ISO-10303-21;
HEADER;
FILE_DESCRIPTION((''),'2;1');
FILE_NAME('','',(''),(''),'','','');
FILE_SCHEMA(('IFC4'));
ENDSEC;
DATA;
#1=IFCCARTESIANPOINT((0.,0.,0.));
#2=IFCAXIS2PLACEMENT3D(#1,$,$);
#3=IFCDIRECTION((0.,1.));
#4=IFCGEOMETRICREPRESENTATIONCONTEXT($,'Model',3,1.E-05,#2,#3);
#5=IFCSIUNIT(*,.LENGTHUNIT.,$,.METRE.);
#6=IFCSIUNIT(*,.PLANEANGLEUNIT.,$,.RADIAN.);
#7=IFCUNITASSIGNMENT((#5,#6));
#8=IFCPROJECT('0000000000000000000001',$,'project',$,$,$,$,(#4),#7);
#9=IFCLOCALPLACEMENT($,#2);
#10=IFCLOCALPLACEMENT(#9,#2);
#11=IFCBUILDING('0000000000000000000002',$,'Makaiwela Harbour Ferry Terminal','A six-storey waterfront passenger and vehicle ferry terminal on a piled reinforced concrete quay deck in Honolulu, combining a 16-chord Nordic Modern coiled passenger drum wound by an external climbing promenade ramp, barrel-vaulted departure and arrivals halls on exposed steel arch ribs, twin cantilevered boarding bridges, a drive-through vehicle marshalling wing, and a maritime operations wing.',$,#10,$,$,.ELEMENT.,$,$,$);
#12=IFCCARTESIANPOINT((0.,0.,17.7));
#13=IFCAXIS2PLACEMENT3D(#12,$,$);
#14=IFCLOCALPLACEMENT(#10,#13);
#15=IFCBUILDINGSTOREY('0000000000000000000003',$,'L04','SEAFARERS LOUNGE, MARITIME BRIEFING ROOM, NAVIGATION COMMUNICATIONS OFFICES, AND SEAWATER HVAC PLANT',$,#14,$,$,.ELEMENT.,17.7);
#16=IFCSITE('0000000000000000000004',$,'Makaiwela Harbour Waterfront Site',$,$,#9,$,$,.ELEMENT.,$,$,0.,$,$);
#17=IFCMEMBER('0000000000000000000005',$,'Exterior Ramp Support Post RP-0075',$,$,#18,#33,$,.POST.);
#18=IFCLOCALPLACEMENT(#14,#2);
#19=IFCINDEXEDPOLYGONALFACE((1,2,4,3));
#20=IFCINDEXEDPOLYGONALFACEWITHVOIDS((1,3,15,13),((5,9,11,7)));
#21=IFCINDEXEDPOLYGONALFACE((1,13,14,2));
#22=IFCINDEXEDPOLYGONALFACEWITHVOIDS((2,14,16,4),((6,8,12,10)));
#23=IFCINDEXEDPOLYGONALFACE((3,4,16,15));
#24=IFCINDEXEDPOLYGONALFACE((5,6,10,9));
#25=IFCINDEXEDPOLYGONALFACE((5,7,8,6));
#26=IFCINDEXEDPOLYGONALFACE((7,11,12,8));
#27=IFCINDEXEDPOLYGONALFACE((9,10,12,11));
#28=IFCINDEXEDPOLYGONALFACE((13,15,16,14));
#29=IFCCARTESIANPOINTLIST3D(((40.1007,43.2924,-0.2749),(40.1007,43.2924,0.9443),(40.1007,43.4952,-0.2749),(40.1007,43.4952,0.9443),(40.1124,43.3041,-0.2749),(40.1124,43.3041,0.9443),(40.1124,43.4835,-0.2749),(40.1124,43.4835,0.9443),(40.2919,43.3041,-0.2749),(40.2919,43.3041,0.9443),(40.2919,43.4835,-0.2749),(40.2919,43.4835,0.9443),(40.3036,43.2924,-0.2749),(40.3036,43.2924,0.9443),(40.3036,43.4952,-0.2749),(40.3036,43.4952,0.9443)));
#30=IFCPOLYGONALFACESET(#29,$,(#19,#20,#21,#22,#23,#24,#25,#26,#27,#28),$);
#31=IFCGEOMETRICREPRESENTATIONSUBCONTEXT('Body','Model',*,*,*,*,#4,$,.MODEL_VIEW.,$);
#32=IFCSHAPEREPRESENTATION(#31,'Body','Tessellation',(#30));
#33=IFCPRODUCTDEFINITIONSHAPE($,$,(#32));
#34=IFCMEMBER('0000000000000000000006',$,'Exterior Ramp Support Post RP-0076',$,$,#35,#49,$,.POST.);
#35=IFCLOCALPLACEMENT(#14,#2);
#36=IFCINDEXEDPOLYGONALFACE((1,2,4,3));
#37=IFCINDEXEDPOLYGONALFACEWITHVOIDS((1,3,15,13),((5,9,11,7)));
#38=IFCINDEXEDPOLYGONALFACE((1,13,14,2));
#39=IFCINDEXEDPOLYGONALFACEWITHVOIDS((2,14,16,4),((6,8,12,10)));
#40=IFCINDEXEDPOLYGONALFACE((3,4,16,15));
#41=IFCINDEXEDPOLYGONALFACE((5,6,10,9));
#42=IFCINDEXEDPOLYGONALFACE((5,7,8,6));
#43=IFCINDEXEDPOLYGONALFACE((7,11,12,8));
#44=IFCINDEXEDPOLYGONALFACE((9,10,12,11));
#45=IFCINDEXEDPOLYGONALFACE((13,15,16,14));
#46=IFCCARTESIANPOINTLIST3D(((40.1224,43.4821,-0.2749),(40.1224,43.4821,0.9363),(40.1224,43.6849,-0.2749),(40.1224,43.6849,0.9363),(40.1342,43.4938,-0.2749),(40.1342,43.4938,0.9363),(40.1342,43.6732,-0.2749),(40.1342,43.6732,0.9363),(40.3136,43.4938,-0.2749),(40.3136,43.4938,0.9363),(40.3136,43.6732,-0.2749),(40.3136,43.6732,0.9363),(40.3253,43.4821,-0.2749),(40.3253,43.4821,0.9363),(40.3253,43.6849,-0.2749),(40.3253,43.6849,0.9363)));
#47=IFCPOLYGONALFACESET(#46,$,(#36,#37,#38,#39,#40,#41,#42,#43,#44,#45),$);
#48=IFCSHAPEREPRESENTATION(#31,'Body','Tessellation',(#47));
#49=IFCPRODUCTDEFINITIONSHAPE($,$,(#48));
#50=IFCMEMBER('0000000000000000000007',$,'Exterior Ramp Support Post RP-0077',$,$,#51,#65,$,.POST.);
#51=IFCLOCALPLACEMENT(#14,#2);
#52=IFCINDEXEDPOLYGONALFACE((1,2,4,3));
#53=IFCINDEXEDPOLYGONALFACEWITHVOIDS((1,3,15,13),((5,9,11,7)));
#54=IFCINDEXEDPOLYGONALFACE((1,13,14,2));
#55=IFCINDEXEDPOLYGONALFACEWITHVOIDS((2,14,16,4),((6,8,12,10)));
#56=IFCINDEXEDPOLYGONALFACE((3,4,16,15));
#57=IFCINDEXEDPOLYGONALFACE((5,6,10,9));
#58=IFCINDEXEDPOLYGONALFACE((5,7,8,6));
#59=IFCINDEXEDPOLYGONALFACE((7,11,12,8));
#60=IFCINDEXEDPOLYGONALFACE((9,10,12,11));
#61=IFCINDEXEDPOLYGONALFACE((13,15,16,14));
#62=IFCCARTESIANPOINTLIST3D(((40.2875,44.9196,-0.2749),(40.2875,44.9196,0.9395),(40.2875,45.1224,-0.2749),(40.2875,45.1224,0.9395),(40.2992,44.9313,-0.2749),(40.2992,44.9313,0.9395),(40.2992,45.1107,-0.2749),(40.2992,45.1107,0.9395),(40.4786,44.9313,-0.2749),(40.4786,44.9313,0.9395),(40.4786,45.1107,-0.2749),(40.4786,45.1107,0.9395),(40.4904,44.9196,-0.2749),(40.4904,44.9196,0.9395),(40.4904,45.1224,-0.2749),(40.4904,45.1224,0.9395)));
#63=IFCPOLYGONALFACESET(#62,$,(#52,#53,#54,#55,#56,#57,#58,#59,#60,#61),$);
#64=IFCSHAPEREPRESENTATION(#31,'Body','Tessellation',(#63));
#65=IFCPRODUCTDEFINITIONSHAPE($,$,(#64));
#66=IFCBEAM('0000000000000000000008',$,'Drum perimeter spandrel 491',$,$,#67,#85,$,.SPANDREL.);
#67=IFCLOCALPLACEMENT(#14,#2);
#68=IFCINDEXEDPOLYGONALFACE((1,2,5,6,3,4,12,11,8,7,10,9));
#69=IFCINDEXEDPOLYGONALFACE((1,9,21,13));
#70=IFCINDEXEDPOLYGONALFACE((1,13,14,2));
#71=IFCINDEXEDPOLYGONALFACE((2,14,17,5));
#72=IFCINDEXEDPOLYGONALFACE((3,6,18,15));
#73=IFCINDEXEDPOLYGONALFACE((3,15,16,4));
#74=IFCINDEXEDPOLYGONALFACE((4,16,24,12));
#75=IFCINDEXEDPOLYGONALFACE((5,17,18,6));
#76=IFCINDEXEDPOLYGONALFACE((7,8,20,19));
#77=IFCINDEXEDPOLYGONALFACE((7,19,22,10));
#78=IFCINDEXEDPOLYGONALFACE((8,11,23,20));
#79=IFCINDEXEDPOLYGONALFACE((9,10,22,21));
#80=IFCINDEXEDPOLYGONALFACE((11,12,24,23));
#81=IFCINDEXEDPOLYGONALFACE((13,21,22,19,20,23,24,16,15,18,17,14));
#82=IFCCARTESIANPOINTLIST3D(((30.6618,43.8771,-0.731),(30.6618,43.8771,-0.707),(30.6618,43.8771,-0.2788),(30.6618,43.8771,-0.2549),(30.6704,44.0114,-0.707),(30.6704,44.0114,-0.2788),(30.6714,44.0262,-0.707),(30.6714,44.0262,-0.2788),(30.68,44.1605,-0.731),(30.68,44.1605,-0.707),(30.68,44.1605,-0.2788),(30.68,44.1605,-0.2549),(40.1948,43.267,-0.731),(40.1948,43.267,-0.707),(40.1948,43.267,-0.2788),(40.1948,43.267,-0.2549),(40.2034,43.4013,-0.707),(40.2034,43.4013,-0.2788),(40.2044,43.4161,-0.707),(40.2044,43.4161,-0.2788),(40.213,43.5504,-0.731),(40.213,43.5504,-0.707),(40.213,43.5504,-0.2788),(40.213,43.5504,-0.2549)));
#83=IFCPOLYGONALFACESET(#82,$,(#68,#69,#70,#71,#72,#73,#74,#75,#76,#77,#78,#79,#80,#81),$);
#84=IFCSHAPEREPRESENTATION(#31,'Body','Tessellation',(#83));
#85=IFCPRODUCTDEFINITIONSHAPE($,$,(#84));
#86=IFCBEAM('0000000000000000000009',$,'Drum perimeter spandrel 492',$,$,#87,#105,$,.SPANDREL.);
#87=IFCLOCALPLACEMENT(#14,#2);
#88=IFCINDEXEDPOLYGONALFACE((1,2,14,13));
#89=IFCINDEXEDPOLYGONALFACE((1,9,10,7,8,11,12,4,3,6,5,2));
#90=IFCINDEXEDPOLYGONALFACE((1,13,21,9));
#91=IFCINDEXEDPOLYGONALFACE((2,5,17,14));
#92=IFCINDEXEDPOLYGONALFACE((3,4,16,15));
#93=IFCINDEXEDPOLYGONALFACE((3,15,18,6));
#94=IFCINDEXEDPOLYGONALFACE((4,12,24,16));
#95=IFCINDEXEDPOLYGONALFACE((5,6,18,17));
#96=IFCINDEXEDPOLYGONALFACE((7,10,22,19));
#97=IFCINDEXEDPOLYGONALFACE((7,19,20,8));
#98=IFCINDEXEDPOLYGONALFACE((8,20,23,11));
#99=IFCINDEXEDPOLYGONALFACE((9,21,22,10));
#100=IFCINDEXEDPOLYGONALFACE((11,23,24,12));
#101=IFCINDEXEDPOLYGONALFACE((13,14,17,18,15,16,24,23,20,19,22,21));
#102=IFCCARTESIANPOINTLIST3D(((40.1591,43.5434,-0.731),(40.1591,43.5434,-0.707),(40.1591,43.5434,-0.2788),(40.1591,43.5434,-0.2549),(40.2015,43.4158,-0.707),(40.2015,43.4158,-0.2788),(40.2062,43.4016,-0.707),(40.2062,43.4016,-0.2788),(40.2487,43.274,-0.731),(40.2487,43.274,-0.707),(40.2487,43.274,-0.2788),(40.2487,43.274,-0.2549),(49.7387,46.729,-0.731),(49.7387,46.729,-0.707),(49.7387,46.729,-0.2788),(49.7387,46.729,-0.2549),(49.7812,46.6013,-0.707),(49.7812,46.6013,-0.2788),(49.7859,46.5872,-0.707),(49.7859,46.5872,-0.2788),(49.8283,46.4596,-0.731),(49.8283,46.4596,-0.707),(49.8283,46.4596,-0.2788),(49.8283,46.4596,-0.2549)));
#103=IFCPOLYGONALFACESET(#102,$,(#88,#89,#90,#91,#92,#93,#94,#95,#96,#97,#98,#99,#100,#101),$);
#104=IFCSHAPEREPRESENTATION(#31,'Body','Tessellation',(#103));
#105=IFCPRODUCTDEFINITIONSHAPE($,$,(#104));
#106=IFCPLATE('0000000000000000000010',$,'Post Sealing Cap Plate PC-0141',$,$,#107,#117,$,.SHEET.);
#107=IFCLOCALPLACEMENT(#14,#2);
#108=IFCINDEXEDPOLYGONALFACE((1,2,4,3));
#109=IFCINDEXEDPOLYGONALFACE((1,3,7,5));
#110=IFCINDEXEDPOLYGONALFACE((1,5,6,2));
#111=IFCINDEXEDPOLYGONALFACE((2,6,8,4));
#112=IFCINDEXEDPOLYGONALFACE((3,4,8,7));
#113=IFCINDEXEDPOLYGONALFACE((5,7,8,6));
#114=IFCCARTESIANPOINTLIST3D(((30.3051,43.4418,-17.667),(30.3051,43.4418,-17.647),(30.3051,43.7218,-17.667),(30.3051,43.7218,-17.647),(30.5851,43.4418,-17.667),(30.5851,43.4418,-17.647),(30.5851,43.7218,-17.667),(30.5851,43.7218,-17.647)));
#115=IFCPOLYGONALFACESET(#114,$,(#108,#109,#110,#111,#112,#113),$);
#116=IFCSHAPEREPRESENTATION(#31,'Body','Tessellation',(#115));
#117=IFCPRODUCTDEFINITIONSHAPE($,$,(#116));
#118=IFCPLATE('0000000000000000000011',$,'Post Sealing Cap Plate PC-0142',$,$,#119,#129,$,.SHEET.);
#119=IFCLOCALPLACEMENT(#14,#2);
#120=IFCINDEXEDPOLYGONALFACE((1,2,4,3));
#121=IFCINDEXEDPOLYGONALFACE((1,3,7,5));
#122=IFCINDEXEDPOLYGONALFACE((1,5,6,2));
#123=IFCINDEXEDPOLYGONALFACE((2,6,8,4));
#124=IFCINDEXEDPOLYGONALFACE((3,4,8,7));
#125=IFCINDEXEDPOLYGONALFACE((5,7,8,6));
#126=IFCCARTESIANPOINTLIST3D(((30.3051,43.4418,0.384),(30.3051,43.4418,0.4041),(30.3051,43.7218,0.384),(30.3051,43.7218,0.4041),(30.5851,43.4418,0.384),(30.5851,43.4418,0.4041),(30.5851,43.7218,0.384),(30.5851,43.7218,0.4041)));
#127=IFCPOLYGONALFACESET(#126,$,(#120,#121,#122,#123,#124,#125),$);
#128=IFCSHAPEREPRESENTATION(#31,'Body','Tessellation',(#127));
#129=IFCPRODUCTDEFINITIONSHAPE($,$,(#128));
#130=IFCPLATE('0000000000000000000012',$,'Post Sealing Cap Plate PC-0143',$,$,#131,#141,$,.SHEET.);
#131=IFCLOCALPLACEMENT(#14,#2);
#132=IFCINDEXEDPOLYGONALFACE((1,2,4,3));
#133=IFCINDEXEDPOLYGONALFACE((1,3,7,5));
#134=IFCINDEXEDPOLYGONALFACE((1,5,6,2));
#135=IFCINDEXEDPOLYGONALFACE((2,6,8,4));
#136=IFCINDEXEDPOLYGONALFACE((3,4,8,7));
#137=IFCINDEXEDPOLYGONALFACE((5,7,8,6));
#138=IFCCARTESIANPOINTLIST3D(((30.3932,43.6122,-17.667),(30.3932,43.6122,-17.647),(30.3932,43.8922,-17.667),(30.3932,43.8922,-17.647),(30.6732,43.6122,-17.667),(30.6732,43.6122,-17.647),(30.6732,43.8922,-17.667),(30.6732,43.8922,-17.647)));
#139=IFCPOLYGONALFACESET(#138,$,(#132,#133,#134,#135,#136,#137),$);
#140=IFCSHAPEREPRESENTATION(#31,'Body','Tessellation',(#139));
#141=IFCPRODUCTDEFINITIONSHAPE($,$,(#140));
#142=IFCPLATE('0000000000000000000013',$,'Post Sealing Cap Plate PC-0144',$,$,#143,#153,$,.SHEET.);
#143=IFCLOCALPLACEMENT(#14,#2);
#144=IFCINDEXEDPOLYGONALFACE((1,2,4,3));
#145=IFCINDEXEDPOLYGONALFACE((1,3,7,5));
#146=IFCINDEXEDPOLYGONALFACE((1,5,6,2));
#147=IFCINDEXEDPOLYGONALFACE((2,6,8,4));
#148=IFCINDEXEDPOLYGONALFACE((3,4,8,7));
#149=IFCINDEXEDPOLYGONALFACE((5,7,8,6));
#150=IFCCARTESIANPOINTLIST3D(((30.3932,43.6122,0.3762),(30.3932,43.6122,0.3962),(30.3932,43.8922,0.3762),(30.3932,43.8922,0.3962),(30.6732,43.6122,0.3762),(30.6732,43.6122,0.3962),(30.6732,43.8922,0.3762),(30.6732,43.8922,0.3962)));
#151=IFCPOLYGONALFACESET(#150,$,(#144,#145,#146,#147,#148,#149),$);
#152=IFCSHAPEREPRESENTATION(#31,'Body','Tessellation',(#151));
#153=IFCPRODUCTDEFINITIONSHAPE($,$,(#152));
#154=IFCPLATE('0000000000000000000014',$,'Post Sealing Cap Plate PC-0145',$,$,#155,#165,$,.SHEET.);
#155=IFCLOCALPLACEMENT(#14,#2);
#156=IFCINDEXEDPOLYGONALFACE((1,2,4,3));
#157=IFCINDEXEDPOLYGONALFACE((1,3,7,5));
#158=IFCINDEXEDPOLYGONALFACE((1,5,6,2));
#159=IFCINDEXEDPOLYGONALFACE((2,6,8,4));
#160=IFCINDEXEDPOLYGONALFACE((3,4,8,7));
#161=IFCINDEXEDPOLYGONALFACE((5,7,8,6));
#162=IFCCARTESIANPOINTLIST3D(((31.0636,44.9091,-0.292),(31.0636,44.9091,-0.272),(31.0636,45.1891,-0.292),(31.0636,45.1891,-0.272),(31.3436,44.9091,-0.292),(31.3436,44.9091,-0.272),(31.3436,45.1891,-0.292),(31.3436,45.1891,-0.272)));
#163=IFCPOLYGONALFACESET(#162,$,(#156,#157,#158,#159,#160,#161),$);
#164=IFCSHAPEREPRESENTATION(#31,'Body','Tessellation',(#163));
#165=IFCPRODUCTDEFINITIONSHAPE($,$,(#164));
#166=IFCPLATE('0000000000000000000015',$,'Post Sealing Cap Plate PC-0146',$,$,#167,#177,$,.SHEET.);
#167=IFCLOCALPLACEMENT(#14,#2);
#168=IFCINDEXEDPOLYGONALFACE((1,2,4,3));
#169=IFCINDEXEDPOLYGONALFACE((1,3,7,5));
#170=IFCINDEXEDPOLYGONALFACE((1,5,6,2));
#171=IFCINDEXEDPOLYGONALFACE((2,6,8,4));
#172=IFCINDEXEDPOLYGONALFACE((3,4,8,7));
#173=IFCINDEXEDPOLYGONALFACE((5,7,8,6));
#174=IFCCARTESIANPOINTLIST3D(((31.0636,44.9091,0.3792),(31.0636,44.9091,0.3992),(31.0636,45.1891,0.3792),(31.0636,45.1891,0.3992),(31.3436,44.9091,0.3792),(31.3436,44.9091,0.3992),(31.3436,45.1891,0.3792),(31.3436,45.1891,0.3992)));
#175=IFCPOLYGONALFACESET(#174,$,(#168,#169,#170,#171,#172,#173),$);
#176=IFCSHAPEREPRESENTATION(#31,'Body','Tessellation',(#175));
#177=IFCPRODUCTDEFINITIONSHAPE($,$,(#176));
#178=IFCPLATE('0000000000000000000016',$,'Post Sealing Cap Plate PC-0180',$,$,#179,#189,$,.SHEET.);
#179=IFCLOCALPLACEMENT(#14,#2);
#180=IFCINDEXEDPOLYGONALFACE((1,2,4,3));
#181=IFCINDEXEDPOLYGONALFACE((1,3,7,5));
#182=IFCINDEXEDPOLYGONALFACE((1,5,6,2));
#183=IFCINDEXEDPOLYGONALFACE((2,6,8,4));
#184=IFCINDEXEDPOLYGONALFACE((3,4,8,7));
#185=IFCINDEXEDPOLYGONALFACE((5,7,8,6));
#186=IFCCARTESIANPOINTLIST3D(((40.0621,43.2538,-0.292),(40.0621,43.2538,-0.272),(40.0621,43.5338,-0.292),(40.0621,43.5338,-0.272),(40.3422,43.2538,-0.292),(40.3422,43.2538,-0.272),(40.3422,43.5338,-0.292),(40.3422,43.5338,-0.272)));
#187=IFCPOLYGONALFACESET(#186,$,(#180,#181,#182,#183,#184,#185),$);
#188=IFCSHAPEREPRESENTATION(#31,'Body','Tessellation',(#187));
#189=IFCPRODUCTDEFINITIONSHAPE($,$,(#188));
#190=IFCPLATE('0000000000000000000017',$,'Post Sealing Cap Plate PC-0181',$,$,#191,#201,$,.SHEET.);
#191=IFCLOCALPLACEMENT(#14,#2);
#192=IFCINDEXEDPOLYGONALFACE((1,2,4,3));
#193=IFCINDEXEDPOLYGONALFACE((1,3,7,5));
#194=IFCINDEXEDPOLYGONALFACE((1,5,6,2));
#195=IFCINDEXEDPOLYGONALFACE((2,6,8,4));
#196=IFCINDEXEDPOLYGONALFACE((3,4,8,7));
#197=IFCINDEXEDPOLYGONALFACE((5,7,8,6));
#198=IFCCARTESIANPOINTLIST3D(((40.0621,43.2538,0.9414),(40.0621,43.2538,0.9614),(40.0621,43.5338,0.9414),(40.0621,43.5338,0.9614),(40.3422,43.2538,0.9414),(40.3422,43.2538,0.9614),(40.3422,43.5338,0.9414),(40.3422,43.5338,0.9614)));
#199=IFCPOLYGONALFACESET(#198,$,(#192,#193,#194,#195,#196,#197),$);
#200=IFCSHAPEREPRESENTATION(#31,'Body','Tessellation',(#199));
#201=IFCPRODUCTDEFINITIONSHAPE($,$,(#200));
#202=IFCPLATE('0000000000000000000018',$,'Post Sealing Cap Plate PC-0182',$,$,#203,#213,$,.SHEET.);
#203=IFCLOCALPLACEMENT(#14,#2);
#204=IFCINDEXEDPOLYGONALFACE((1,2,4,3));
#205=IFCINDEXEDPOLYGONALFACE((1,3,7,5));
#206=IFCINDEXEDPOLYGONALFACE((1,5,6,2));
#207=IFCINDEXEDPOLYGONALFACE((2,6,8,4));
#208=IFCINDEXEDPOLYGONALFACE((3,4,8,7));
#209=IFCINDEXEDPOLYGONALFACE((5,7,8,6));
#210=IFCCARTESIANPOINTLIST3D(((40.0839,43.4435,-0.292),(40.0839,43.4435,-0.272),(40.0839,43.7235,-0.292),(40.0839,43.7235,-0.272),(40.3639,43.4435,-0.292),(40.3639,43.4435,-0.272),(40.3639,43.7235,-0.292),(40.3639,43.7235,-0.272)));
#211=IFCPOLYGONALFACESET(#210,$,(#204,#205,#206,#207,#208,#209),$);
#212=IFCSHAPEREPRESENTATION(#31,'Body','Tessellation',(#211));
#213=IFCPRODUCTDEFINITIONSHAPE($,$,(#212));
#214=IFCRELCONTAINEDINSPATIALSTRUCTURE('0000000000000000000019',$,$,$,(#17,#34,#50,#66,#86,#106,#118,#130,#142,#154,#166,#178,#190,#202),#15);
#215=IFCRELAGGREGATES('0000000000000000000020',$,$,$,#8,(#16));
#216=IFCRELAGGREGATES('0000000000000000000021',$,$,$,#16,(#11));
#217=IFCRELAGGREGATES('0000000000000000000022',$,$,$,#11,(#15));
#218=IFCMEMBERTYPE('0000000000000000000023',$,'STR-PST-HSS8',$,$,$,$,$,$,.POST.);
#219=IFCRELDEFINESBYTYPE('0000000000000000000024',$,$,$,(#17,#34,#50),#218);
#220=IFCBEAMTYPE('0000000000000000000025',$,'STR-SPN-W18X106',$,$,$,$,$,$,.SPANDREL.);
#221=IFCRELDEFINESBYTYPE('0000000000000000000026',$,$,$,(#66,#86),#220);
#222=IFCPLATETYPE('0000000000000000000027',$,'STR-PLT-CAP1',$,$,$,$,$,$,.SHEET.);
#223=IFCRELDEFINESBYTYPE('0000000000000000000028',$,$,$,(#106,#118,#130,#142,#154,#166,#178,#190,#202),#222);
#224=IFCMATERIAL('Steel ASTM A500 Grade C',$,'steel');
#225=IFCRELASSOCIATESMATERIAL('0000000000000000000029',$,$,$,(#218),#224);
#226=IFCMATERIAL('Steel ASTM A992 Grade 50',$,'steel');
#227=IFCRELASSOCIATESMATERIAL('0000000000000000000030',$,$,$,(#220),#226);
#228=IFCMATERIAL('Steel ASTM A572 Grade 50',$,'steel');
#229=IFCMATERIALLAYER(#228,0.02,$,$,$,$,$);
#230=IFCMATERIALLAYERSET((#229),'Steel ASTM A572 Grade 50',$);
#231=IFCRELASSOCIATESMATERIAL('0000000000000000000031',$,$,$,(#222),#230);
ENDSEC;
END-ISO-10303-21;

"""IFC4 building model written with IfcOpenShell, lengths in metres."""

from ifc_helpers import new_model, si_unit, direction, frame, origin, origin_2d, place, context, subcontext, project, spatial, rectangle, hollow_rectangle, i_section, extrude, material, layer, layer_set, material_profile, profile_set, type_object, element, save


model = new_model("IFC4")

# Units and contexts
model_context = context("Model", 3, precision=1e-05, world=origin(), true_north=direction((0.0, 1.0)))
body_context = subcontext(model_context, "Body", "Model", "MODEL_VIEW")
ifc_project = project(units=[si_unit("LENGTHUNIT", "METRE"), si_unit("PLANEANGLEUNIT", "RADIAN")], contexts=[model_context])

# Site, building, storey
site_placement = place(None, origin())
site = spatial("IfcSite", under=ifc_project, at=site_placement, Name="Makaiwela Harbour Waterfront Site", CompositionType="ELEMENT", RefElevation=0.0)
building_placement = place(site_placement, origin())
building = spatial("IfcBuilding", under=site, at=building_placement, Name="Makaiwela Harbour Ferry Terminal", Description="A six-storey waterfront passenger and vehicle ferry terminal on a piled reinforced concrete quay deck in Honolulu, combining a 16-chord Nordic Modern coiled passenger drum wound by an external climbing promenade ramp, barrel-vaulted departure and arrivals halls on exposed steel arch ribs, twin cantilevered boarding bridges, a drive-through vehicle marshalling wing, and a maritime operations wing.", CompositionType="ELEMENT")
storey_placement = place(building_placement, frame((0.0, 0.0, 17.7)))
storey = spatial("IfcBuildingStorey", under=building, at=storey_placement, Name="L04", Description="SEAFARERS LOUNGE, MARITIME BRIEFING ROOM, NAVIGATION COMMUNICATIONS OFFICES, AND SEAWATER HVAC PLANT", CompositionType="ELEMENT", Elevation=17.7)

# Shared definitions
ifc_material_1 = material(Name="Steel ASTM A992 Grade 50", Category="steel")

# Members
ifc_material_2 = material(Name="Steel ASTM A500 Grade C", Category="steel")
ifc_material_profile_1 = material_profile(ifc_material_2, hollow_rectangle(XDim=0.2029, YDim=0.2029, WallThickness=0.0117, at=origin_2d()), Name="HSS8X8X1/2")
ifc_profile_set_1 = profile_set([ifc_material_profile_1], Name="Steel ASTM A500 Grade C")
member_type = type_object("IfcMemberType", Name="STR-PST-HSS8", PredefinedType="POST", material=ifc_profile_set_1)
member_1_placement = place(storey_placement, frame((40.2021, 43.3938, -0.2749), z_axis=(0.0, 0.0, 1.0), x_axis=(1.0, 0.0, 0.0)))
element("IfcMember", 1, at=member_1_placement, inside=storey, type_object=member_type, Name="Exterior Ramp Support Post RP-0075", PredefinedType="POST", context=body_context, shape_type="SweptSolid", body=[
    extrude(hollow_rectangle(XDim=0.2029, YDim=0.2029, WallThickness=0.0117, at=origin_2d()), origin(), (0.0, 0.0, 1.0), 1.2192),
])
member_2_placement = place(storey_placement, frame((40.2239, 43.5835, -0.2749), z_axis=(0.0, 0.0, 1.0), x_axis=(1.0, 0.0, 0.0)))
element("IfcMember", 2, at=member_2_placement, inside=storey, type_object=member_type, Name="Exterior Ramp Support Post RP-0076", PredefinedType="POST", context=body_context, shape_type="SweptSolid", body=[
    extrude(hollow_rectangle(XDim=0.2029, YDim=0.2029, WallThickness=0.0117, at=origin_2d()), origin(), (0.0, 0.0, 1.0), 1.2112),
])
member_3_placement = place(storey_placement, frame((40.3889, 45.021, -0.2749), z_axis=(0.0, 0.0, 1.0), x_axis=(1.0, 0.0, 0.0)))
element("IfcMember", 3, at=member_3_placement, inside=storey, type_object=member_type, Name="Exterior Ramp Support Post RP-0077", PredefinedType="POST", context=body_context, shape_type="SweptSolid", body=[
    extrude(hollow_rectangle(XDim=0.2029, YDim=0.2029, WallThickness=0.0117, at=origin_2d()), origin(), (0.0, 0.0, 1.0), 1.2144),
])

# Beams
ifc_material_profile_2 = material_profile(ifc_material_1, i_section(OverallWidth=0.2839, OverallDepth=0.4761, WebThickness=0.0149, FlangeThickness=0.0239, at=origin_2d()), Name="W18X106")
ifc_profile_set_2 = profile_set([ifc_material_profile_2], Name="Steel ASTM A992 Grade 50")
beam_type_1 = type_object("IfcBeamType", Name="STR-SPN-W18X106", PredefinedType="SPANDREL", material=ifc_profile_set_2)
beam_1_placement = place(storey_placement, frame((30.6709, 44.0188, -0.4929), z_axis=(0.997958, -0.063869, 0.0), x_axis=(0.063869, 0.997958, 0.0)))
element("IfcBeam", 4, at=beam_1_placement, inside=storey, type_object=beam_type_1, Name="Drum perimeter spandrel 491", PredefinedType="SPANDREL", context=body_context, shape_type="SweptSolid", body=[
    extrude(i_section(OverallWidth=0.2839, OverallDepth=0.4761, WebThickness=0.0149, FlangeThickness=0.0239, at=origin_2d()), origin(), (0.0, 0.0, 1.0), 9.5525),
])
beam_2_placement = place(storey_placement, frame((40.2039, 43.4087, -0.4929), z_axis=(0.94891, 0.315546, 0.0), x_axis=(-0.315546, 0.94891, 0.0)))
element("IfcBeam", 5, at=beam_2_placement, inside=storey, type_object=beam_type_1, Name="Drum perimeter spandrel 492", PredefinedType="SPANDREL", context=body_context, shape_type="SweptSolid", body=[
    extrude(i_section(OverallWidth=0.2839, OverallDepth=0.4761, WebThickness=0.0149, FlangeThickness=0.0239, at=origin_2d()), origin(), (0.0, 0.0, 1.0), 10.0955),
])

# Plates
ifc_material_3 = material(Name="Steel ASTM A572 Grade 50", Category="steel")
ifc_layer_1 = layer(ifc_material_3, 0.02)
ifc_layer_set_1 = layer_set([ifc_layer_1], Name="Steel ASTM A572 Grade 50")
plate_type = type_object("IfcPlateType", Name="STR-PLT-CAP1", PredefinedType="SHEET", material=ifc_layer_set_1)
for number, where, z_axis, x_axis, name in (
    (6, (30.4451, 43.5818, -17.667), (0.0, 0.0, 1.0), (1.0, 0.0, 0.0), "Post Sealing Cap Plate PC-0141"),
    (7, (30.4451, 43.5818, 0.384), (0.0, 0.0, 1.0), (1.0, 0.0, 0.0), "Post Sealing Cap Plate PC-0142"),
    (8, (30.5332, 43.7522, -17.667), (0.0, 0.0, 1.0), (1.0, 0.0, 0.0), "Post Sealing Cap Plate PC-0143"),
    (9, (30.5332, 43.7522, 0.3762), (0.0, 0.0, 1.0), (1.0, 0.0, 0.0), "Post Sealing Cap Plate PC-0144"),
    (10, (31.2036, 45.0491, -0.292), (0.0, 0.0, 1.0), (1.0, 0.0, 0.0), "Post Sealing Cap Plate PC-0145"),
    (11, (31.2036, 45.0491, 0.3792), (0.0, 0.0, 1.0), (1.0, 0.0, 0.0), "Post Sealing Cap Plate PC-0146"),
    (12, (40.2021, 43.3938, -0.292), (0.0, 0.0, 1.0), (1.0, 0.0, 0.0), "Post Sealing Cap Plate PC-0180"),
    (13, (40.2021, 43.3938, 0.9414), (0.0, 0.0, 1.0), (1.0, 0.0, 0.0), "Post Sealing Cap Plate PC-0181"),
    (14, (40.2239, 43.5835, -0.292), (0.0, 0.0, 1.0), (1.0, 0.0, 0.0), "Post Sealing Cap Plate PC-0182"),
):
    element("IfcPlate", number, at=place(storey_placement, frame(where, z_axis=z_axis, x_axis=x_axis)), inside=storey, type_object=plate_type, Name=name, PredefinedType="SHEET", context=body_context, shape_type="SweptSolid", body=[
        extrude(rectangle(XDim=0.28, YDim=0.28, at=origin_2d()), origin(), (0.0, 0.0, 1.0), 0.02),
    ])

save(model, "model.ifc")
